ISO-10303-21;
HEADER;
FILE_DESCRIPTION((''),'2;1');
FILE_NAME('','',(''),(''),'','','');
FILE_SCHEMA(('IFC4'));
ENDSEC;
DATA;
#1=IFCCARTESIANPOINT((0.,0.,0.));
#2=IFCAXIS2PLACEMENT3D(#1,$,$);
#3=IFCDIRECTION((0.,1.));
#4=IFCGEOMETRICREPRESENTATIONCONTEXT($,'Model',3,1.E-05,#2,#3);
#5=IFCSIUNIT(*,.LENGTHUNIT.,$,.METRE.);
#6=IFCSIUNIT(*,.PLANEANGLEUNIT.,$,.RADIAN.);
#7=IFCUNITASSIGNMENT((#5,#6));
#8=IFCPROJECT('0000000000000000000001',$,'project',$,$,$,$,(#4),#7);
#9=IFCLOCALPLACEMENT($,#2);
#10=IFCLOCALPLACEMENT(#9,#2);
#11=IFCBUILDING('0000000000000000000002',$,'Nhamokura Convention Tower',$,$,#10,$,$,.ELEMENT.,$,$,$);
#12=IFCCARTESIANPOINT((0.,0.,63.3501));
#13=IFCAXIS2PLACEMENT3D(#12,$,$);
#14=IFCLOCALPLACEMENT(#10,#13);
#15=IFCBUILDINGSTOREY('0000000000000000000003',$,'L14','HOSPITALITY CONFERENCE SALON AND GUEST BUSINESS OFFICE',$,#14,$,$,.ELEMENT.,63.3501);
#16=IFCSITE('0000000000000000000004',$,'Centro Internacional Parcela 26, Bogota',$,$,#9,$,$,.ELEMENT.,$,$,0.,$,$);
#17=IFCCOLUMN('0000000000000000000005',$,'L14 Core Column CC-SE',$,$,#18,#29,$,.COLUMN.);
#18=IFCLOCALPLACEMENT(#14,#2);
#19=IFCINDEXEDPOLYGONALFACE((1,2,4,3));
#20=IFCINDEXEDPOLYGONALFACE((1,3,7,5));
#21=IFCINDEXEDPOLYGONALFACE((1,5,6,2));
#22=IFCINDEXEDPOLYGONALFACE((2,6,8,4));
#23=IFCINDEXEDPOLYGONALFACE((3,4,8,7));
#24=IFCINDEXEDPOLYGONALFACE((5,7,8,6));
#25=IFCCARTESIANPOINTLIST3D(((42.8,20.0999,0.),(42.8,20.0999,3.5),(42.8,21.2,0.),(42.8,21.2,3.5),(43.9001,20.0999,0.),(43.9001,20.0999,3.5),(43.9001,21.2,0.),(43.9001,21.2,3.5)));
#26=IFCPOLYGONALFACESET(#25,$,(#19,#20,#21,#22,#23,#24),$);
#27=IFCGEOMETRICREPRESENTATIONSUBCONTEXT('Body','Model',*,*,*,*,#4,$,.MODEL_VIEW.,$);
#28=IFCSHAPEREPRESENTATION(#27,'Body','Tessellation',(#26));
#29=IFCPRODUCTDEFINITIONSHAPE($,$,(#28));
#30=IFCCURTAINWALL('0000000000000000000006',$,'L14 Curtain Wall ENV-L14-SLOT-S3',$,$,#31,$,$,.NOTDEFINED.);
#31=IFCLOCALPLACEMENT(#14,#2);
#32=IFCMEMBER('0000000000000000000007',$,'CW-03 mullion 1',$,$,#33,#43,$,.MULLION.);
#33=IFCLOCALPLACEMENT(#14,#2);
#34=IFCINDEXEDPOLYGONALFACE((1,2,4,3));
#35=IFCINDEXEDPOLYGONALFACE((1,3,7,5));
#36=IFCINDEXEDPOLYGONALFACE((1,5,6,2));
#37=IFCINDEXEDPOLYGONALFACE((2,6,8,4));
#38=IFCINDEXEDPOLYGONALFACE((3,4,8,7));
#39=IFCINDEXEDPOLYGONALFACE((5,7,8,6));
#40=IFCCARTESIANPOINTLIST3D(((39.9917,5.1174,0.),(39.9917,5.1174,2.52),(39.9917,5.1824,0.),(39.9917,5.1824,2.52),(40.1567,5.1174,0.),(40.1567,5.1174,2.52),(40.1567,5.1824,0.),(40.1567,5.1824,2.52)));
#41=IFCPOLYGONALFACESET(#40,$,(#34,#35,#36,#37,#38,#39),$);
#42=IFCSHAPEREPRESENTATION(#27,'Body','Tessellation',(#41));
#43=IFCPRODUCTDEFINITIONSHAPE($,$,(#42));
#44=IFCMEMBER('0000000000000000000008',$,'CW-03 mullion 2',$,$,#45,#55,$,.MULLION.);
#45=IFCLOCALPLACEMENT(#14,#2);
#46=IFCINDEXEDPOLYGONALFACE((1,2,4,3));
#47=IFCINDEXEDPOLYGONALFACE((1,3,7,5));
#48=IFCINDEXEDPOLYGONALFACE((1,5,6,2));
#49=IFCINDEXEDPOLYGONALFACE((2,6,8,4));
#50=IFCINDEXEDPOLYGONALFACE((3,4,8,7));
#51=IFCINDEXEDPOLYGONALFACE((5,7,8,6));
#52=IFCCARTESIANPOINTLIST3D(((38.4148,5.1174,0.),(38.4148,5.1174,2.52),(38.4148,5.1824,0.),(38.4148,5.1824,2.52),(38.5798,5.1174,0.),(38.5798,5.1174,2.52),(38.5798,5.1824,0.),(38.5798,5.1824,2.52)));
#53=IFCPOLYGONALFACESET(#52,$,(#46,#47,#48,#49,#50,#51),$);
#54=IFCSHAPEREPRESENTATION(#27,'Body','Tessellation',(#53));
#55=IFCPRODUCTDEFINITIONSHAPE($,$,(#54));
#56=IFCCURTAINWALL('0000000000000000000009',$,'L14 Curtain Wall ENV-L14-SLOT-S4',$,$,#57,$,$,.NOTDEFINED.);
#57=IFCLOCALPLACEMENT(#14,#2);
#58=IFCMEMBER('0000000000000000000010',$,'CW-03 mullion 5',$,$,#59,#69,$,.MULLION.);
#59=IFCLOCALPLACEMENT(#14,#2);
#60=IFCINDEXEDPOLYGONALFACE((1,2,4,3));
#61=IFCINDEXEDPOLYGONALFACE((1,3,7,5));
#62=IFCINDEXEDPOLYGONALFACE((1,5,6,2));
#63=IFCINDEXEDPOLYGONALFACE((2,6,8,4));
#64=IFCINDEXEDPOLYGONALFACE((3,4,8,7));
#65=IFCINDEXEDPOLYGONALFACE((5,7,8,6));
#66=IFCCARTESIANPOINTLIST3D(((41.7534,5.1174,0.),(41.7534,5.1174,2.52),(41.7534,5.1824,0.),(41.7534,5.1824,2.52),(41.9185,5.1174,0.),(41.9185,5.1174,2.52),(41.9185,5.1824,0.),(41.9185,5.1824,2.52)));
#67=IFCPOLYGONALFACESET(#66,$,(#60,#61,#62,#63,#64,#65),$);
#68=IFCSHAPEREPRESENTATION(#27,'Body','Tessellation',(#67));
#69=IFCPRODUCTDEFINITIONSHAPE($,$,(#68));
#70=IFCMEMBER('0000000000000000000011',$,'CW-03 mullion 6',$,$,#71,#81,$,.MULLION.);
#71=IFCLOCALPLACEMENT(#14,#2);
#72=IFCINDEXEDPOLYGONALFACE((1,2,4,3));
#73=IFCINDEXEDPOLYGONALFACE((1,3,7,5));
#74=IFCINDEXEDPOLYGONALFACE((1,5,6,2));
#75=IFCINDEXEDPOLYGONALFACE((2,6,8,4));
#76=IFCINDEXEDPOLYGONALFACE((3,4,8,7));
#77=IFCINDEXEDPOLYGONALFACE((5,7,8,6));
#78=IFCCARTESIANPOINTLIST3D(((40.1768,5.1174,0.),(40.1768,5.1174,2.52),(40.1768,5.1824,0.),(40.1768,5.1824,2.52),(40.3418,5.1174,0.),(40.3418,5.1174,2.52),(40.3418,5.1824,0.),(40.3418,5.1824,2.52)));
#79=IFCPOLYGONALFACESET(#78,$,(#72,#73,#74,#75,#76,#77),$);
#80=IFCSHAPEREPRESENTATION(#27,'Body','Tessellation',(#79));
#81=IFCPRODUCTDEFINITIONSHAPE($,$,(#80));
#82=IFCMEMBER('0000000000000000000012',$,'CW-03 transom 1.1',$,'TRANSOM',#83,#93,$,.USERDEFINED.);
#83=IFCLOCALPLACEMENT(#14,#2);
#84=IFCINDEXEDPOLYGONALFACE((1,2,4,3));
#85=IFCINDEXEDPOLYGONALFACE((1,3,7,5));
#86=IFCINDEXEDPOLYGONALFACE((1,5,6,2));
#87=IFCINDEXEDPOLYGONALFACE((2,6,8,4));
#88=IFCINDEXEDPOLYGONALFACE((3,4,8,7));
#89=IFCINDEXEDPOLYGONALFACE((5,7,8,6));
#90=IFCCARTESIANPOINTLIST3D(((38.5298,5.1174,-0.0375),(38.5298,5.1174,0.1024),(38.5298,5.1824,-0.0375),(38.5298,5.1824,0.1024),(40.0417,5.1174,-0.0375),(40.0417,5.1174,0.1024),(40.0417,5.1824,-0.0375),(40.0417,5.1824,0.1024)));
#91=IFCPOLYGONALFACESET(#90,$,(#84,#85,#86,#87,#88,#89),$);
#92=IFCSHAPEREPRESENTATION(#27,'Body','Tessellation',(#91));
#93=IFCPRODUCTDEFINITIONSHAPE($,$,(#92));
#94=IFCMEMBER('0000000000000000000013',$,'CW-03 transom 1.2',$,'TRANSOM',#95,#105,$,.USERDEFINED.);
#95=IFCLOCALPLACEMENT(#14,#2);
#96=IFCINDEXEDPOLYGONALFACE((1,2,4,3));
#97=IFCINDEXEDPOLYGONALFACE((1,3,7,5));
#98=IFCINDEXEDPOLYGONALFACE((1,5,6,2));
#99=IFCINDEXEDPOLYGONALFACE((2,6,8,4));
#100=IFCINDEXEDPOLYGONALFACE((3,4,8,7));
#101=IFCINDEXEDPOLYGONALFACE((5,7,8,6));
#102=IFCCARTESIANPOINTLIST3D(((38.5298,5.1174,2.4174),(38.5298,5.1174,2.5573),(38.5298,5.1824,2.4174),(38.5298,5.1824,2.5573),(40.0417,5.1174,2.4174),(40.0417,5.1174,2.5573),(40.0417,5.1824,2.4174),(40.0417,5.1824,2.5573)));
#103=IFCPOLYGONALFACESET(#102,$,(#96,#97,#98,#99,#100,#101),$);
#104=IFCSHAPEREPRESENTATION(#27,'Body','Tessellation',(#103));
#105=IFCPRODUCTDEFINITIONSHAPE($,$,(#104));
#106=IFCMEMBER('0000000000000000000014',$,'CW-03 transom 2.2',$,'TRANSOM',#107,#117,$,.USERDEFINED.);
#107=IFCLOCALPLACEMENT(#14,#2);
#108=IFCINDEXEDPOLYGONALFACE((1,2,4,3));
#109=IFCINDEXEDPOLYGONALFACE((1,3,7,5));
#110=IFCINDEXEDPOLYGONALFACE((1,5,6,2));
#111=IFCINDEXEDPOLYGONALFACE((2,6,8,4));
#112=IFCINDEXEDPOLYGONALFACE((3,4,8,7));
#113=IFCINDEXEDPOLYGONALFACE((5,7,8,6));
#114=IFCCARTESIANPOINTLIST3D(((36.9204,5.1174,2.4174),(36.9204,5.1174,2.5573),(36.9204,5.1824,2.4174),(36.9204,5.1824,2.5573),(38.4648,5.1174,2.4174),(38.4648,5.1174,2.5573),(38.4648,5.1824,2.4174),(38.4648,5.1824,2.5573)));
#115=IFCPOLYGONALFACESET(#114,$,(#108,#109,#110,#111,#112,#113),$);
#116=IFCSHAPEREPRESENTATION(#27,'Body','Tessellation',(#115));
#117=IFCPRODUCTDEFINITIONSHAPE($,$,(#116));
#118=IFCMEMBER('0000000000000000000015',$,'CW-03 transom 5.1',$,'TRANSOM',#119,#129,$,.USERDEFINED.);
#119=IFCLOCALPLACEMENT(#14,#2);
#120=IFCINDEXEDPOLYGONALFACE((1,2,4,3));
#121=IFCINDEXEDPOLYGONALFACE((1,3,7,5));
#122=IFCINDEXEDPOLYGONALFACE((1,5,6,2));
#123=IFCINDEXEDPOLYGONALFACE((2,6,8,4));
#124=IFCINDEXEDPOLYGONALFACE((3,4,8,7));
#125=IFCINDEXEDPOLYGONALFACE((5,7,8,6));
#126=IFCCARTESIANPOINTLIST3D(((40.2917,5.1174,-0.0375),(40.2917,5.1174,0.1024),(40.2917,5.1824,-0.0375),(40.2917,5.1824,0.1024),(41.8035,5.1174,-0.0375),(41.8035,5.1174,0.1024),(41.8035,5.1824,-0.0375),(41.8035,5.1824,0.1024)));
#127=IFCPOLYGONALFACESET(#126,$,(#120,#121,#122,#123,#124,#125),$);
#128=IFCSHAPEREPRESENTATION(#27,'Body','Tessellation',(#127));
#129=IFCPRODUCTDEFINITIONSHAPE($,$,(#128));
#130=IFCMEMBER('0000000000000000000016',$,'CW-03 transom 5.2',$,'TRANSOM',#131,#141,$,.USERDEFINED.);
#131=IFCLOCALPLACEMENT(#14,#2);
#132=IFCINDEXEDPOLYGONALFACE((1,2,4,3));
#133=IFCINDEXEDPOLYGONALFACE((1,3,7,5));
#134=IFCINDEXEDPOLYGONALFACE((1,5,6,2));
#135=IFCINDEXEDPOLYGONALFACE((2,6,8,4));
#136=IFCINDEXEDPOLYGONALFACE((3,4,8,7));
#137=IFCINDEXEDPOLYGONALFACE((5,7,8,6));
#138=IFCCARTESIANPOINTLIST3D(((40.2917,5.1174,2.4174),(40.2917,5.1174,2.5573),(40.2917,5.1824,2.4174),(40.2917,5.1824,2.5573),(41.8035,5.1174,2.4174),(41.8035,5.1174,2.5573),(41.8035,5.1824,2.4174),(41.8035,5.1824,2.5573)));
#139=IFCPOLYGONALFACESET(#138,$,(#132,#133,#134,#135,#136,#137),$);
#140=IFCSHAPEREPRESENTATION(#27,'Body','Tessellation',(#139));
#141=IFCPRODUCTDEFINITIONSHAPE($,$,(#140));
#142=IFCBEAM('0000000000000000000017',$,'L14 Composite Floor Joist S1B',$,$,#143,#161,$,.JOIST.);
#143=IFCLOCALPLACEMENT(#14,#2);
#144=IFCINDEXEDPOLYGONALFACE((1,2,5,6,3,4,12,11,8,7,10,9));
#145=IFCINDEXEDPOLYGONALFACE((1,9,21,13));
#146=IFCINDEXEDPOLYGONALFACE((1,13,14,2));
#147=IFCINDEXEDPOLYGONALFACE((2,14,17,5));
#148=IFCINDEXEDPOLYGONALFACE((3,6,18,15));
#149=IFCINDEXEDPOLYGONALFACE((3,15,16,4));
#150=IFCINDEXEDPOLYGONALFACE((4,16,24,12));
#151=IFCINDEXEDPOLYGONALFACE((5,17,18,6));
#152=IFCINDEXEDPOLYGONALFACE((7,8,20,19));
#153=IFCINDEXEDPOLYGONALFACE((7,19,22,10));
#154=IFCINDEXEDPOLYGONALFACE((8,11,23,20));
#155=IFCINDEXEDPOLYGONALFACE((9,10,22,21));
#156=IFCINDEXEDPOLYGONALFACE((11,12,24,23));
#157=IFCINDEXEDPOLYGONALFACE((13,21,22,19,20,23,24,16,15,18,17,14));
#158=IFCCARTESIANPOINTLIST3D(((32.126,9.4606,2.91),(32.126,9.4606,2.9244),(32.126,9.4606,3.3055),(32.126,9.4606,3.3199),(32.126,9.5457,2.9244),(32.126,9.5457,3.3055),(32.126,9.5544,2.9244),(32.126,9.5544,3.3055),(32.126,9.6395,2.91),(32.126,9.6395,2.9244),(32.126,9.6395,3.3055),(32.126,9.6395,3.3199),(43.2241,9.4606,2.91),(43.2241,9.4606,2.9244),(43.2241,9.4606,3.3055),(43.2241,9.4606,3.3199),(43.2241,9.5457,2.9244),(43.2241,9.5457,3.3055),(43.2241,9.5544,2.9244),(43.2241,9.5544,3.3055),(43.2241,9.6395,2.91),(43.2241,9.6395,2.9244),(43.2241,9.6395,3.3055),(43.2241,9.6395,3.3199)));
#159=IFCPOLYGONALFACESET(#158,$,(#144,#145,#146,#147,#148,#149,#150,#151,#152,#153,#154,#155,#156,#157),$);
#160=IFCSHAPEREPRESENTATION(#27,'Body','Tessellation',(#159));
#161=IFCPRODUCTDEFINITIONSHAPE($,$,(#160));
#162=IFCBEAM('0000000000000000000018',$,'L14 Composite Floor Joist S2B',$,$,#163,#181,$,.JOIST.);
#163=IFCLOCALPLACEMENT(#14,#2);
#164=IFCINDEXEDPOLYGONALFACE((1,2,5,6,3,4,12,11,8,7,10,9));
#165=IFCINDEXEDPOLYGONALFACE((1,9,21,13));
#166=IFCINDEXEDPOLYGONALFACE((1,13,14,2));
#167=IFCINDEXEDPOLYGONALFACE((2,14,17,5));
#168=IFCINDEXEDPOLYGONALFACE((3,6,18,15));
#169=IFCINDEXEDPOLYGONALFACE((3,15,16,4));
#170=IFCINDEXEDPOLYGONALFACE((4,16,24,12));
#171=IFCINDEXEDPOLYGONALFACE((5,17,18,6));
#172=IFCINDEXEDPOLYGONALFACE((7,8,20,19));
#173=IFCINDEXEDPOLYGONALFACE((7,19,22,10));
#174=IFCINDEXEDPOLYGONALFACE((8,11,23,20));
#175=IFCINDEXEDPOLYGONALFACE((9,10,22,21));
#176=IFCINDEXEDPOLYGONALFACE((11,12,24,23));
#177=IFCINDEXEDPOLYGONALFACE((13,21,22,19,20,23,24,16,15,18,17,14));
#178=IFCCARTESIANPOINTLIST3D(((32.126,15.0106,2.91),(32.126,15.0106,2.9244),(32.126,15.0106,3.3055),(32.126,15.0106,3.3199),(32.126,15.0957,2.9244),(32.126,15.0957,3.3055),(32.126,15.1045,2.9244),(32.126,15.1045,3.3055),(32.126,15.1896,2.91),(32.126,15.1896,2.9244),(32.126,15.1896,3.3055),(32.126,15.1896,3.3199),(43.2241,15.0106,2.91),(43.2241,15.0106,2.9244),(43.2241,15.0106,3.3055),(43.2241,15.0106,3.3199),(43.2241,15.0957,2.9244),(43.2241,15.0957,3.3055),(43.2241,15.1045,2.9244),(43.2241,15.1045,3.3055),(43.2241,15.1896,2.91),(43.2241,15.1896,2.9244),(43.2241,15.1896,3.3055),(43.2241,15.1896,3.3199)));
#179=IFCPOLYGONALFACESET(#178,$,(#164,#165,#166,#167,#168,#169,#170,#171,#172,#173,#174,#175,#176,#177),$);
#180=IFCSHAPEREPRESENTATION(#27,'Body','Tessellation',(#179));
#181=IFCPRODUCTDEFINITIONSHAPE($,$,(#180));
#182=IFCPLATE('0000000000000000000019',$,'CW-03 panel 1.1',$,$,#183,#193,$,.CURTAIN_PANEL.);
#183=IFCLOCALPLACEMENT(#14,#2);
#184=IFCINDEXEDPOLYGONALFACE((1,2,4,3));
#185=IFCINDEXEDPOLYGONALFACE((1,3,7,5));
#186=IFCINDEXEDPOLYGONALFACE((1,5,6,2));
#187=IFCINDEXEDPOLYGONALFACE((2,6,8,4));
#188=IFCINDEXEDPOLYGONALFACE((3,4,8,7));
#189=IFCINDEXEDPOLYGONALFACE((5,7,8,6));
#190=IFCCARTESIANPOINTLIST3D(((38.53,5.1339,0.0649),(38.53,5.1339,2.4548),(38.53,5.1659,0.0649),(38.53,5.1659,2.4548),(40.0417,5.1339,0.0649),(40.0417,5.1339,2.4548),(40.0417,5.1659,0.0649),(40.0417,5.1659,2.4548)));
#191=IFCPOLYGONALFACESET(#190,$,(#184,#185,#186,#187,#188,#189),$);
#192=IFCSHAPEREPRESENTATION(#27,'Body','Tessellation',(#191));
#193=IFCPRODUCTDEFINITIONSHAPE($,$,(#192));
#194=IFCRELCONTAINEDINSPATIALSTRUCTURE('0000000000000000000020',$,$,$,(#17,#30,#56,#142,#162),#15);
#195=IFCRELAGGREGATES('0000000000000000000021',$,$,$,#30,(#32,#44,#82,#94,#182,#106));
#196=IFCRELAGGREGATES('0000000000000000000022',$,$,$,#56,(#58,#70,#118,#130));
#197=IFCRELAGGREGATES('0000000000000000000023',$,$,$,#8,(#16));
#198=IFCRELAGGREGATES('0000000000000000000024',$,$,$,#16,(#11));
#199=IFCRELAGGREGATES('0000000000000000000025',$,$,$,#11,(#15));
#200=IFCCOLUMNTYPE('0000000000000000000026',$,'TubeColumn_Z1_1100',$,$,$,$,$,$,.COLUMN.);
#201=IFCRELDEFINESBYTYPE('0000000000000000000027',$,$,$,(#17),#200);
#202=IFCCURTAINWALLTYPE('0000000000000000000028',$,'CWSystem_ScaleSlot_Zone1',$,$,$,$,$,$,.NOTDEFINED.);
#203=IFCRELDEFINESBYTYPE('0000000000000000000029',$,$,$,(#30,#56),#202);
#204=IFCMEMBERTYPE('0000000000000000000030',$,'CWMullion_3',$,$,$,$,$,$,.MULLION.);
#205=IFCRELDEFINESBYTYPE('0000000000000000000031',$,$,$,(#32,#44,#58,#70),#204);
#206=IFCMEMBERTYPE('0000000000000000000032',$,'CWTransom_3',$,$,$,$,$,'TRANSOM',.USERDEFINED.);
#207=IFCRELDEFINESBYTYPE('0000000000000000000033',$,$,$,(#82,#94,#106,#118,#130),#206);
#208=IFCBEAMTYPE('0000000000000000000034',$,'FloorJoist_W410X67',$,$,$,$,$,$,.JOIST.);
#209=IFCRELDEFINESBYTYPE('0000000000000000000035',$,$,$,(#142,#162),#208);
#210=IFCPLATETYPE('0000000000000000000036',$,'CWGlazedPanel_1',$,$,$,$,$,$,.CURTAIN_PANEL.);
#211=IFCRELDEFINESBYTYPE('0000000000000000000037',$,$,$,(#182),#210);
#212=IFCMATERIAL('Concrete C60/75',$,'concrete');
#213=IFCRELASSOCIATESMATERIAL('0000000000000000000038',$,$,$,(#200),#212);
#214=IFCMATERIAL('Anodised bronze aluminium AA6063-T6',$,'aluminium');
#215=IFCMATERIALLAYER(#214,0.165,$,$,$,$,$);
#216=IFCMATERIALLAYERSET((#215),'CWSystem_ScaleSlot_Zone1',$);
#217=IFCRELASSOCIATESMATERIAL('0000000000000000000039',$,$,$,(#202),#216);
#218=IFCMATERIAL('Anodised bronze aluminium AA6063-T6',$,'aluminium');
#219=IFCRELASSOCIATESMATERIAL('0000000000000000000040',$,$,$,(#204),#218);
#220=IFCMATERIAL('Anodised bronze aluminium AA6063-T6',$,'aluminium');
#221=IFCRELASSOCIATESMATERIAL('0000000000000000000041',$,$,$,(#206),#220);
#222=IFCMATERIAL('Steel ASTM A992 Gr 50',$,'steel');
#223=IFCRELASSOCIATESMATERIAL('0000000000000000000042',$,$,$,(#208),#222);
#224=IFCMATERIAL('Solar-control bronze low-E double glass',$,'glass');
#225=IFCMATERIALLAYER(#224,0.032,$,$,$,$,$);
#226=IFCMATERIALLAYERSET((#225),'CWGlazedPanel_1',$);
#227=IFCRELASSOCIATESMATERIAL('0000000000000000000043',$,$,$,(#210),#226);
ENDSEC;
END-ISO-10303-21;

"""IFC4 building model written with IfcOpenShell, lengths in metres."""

from ifc_helpers import new_model, si_unit, direction, frame, origin, origin_2d, place, context, subcontext, project, spatial, rectangle, i_section, extrude, material, layer, layer_set, material_profile, profile_set, type_object, element, aggregate, save


model = new_model("IFC4")

# Units and contexts
model_context = context("Model", 3, precision=1e-05, world=origin(), true_north=direction((0.0, 1.0)))
body_context = subcontext(model_context, "Body", "Model", "MODEL_VIEW")
ifc_project = project(units=[si_unit("LENGTHUNIT", "METRE"), si_unit("PLANEANGLEUNIT", "RADIAN")], contexts=[model_context])

# Site, building, storey
site_placement = place(None, origin())
site = spatial("IfcSite", under=ifc_project, at=site_placement, Name="Centro Internacional Parcela 26, Bogota", CompositionType="ELEMENT", RefElevation=0.0)
building_placement = place(site_placement, origin())
building = spatial("IfcBuilding", under=site, at=building_placement, Name="Nhamokura Convention Tower", CompositionType="ELEMENT")
storey_placement = place(building_placement, frame((0.0, 0.0, 63.3501)))
storey = spatial("IfcBuildingStorey", under=building, at=storey_placement, Name="L14", Description="HOSPITALITY CONFERENCE SALON AND GUEST BUSINESS OFFICE", CompositionType="ELEMENT", Elevation=63.3501)

# Column
ifc_material_1 = material(Name="Concrete C60/75", Category="concrete")
ifc_material_profile_1 = material_profile(ifc_material_1, rectangle(XDim=1.1001, YDim=1.1001, at=origin_2d()))
ifc_profile_set_1 = profile_set([ifc_material_profile_1], Name="Concrete C60/75")
column_type = type_object("IfcColumnType", Name="TubeColumn_Z1_1100", PredefinedType="COLUMN", material=ifc_profile_set_1)
column_placement = place(storey_placement, frame((43.3501, 20.6499, 0.0), z_axis=(0.0, 0.0, 1.0), x_axis=(1.0, 0.0, 0.0)))
element("IfcColumn", 1, at=column_placement, inside=storey, type_object=column_type, Name="L14 Core Column CC-SE", PredefinedType="COLUMN", context=body_context, shape_type="SweptSolid", body=[
    extrude(rectangle(XDim=1.1001, YDim=1.1001, at=origin_2d()), origin(), (0.0, 0.0, 1.0), 3.5),
])

# Curtain walls, members
ifc_material_2 = material(Name="Anodised bronze aluminium AA6063-T6", Category="aluminium")
ifc_layer_1 = layer(ifc_material_2, 0.165)
ifc_layer_set_1 = layer_set([ifc_layer_1], Name="CWSystem_ScaleSlot_Zone1")
curtain_wall_type = type_object("IfcCurtainWallType", Name="CWSystem_ScaleSlot_Zone1", PredefinedType="NOTDEFINED", material=ifc_layer_set_1)
curtain_wall_1_placement = place(storey_placement, origin())
curtain_wall_1 = element("IfcCurtainWall", 2, at=curtain_wall_1_placement, inside=storey, type_object=curtain_wall_type, Name="L14 Curtain Wall ENV-L14-SLOT-S3", PredefinedType="NOTDEFINED")
ifc_material_3 = material(Name="Anodised bronze aluminium AA6063-T6", Category="aluminium")
ifc_material_profile_2 = material_profile(ifc_material_3, rectangle(XDim=0.0649, YDim=0.165, at=origin_2d()))
ifc_profile_set_2 = profile_set([ifc_material_profile_2], Name="Anodised bronze aluminium AA6063-T6")
member_type_1 = type_object("IfcMemberType", Name="CWMullion_3", PredefinedType="MULLION", material=ifc_profile_set_2)
member_1_placement = place(storey_placement, frame((40.0742, 5.1499, 0.0), z_axis=(0.0, 0.0, 1.0), x_axis=(0.0, -1.0, 0.0)))
member_1 = element("IfcMember", 3, at=member_1_placement, type_object=member_type_1, Name="CW-03 mullion 1", PredefinedType="MULLION", context=body_context, shape_type="SweptSolid", body=[
    extrude(rectangle(XDim=0.0649, YDim=0.165, at=origin_2d()), origin(), (0.0, 0.0, 1.0), 2.52),
])
member_2_placement = place(storey_placement, frame((38.4973, 5.1499, 0.0), z_axis=(0.0, 0.0, 1.0), x_axis=(0.0, -1.0, 0.0)))
member_2 = element("IfcMember", 4, at=member_2_placement, type_object=member_type_1, Name="CW-03 mullion 2", PredefinedType="MULLION", context=body_context, shape_type="SweptSolid", body=[
    extrude(rectangle(XDim=0.0649, YDim=0.165, at=origin_2d()), origin(), (0.0, 0.0, 1.0), 2.52),
])
curtain_wall_2_placement = place(storey_placement, origin())
curtain_wall_2 = element("IfcCurtainWall", 5, at=curtain_wall_2_placement, inside=storey, type_object=curtain_wall_type, Name="L14 Curtain Wall ENV-L14-SLOT-S4", PredefinedType="NOTDEFINED")
member_3_placement = place(storey_placement, frame((41.8359, 5.1499, 0.0), z_axis=(0.0, 0.0, 1.0), x_axis=(0.0, -1.0, 0.0)))
member_3 = element("IfcMember", 6, at=member_3_placement, type_object=member_type_1, Name="CW-03 mullion 5", PredefinedType="MULLION", context=body_context, shape_type="SweptSolid", body=[
    extrude(rectangle(XDim=0.0649, YDim=0.165, at=origin_2d()), origin(), (0.0, 0.0, 1.0), 2.52),
])
member_4_placement = place(storey_placement, frame((40.2593, 5.1499, 0.0), z_axis=(0.0, 0.0, 1.0), x_axis=(0.0, -1.0, 0.0)))
member_4 = element("IfcMember", 7, at=member_4_placement, type_object=member_type_1, Name="CW-03 mullion 6", PredefinedType="MULLION", context=body_context, shape_type="SweptSolid", body=[
    extrude(rectangle(XDim=0.0649, YDim=0.165, at=origin_2d()), origin(), (0.0, 0.0, 1.0), 2.52),
])

# Members
ifc_material_4 = material(Name="Anodised bronze aluminium AA6063-T6", Category="aluminium")
ifc_material_profile_3 = material_profile(ifc_material_4, rectangle(XDim=0.0649, YDim=0.1399, at=origin_2d()))
ifc_profile_set_3 = profile_set([ifc_material_profile_3], Name="Anodised bronze aluminium AA6063-T6")
member_type_2 = type_object("IfcMemberType", Name="CWTransom_3", ElementType="TRANSOM", PredefinedType="USERDEFINED", material=ifc_profile_set_3)
member_5_placement = place(storey_placement, frame((40.0417, 5.1499, 0.0325), z_axis=(-1.0, 0.0, 0.0), x_axis=(0.0, -1.0, 0.0)))
member_5 = element("IfcMember", 8, at=member_5_placement, type_object=member_type_2, Name="CW-03 transom 1.1", ObjectType="TRANSOM", PredefinedType="USERDEFINED", context=body_context, shape_type="SweptSolid", body=[
    extrude(rectangle(XDim=0.0649, YDim=0.1399, at=origin_2d()), origin(), (0.0, 0.0, 1.0), 1.512),
])
member_6_placement = place(storey_placement, frame((40.0417, 5.1499, 2.4873), z_axis=(-1.0, 0.0, 0.0), x_axis=(0.0, -1.0, 0.0)))
member_6 = element("IfcMember", 9, at=member_6_placement, type_object=member_type_2, Name="CW-03 transom 1.2", ObjectType="TRANSOM", PredefinedType="USERDEFINED", context=body_context, shape_type="SweptSolid", body=[
    extrude(rectangle(XDim=0.0649, YDim=0.1399, at=origin_2d()), origin(), (0.0, 0.0, 1.0), 1.512),
])
member_7_placement = place(storey_placement, frame((38.4648, 5.1499, 2.4873), z_axis=(-1.0, 0.0, 0.0), x_axis=(0.0, -1.0, 0.0)))
member_7 = element("IfcMember", 10, at=member_7_placement, type_object=member_type_2, Name="CW-03 transom 2.2", ObjectType="TRANSOM", PredefinedType="USERDEFINED", context=body_context, shape_type="SweptSolid", body=[
    extrude(rectangle(XDim=0.0649, YDim=0.1399, at=origin_2d()), origin(), (0.0, 0.0, 1.0), 1.5444),
])
member_8_placement = place(storey_placement, frame((41.8035, 5.1499, 0.0325), z_axis=(-1.0, 0.0, 0.0), x_axis=(0.0, -1.0, 0.0)))
member_8 = element("IfcMember", 11, at=member_8_placement, type_object=member_type_2, Name="CW-03 transom 5.1", ObjectType="TRANSOM", PredefinedType="USERDEFINED", context=body_context, shape_type="SweptSolid", body=[
    extrude(rectangle(XDim=0.0649, YDim=0.1399, at=origin_2d()), origin(), (0.0, 0.0, 1.0), 1.5117),
])
member_9_placement = place(storey_placement, frame((41.8035, 5.1499, 2.4873), z_axis=(-1.0, 0.0, 0.0), x_axis=(0.0, -1.0, 0.0)))
member_9 = element("IfcMember", 12, at=member_9_placement, type_object=member_type_2, Name="CW-03 transom 5.2", ObjectType="TRANSOM", PredefinedType="USERDEFINED", context=body_context, shape_type="SweptSolid", body=[
    extrude(rectangle(XDim=0.0649, YDim=0.1399, at=origin_2d()), origin(), (0.0, 0.0, 1.0), 1.5117),
])

# Beams
ifc_material_5 = material(Name="Steel ASTM A992 Gr 50", Category="steel")
ifc_material_profile_4 = material_profile(ifc_material_5, i_section(OverallWidth=0.179, OverallDepth=0.4099, WebThickness=0.0088, FlangeThickness=0.0144, at=origin_2d()))
ifc_profile_set_4 = profile_set([ifc_material_profile_4], Name="Steel ASTM A992 Gr 50")
beam_type = type_object("IfcBeamType", Name="FloorJoist_W410X67", PredefinedType="JOIST", material=ifc_profile_set_4)
for number, where, z_axis, x_axis, name in (
    (13, (32.126, 9.55, 3.115), (1.0, 0.0, 0.0), (0.0, 1.0, 0.0), "L14 Composite Floor Joist S1B"),
    (14, (32.126, 15.1001, 3.115), (1.0, 0.0, 0.0), (0.0, 1.0, 0.0), "L14 Composite Floor Joist S2B"),
):
    element("IfcBeam", number, at=place(storey_placement, frame(where, z_axis=z_axis, x_axis=x_axis)), inside=storey, type_object=beam_type, Name=name, PredefinedType="JOIST", context=body_context, shape_type="SweptSolid", body=[
        extrude(i_section(OverallWidth=0.179, OverallDepth=0.4099, WebThickness=0.0088, FlangeThickness=0.0144, at=origin_2d()), origin(), (0.0, 0.0, 1.0), 11.0981),
    ])

# Plate
ifc_material_6 = material(Name="Solar-control bronze low-E double glass", Category="glass")
ifc_layer_2 = layer(ifc_material_6, 0.032)
ifc_layer_set_2 = layer_set([ifc_layer_2], Name="CWGlazedPanel_1")
plate_type = type_object("IfcPlateType", Name="CWGlazedPanel_1", PredefinedType="CURTAIN_PANEL", material=ifc_layer_set_2)
plate_1_placement = place(storey_placement, frame((39.2859, 5.1499, 0.0649), z_axis=(0.0, 0.0, 1.0), x_axis=(-1.0, 0.0, 0.0)))
plate_1 = element("IfcPlate", 15, at=plate_1_placement, type_object=plate_type, Name="CW-03 panel 1.1", PredefinedType="CURTAIN_PANEL", context=body_context, shape_type="SweptSolid", body=[
    extrude(rectangle(XDim=1.5117, YDim=0.032, at=origin_2d()), origin(), (0.0, 0.0, 1.0), 2.3899),
])
aggregate(curtain_wall_1, [member_1, member_2, member_5, member_6, plate_1, member_7])
aggregate(curtain_wall_2, [member_3, member_4, member_8, member_9])

save(model, "model.ifc")
